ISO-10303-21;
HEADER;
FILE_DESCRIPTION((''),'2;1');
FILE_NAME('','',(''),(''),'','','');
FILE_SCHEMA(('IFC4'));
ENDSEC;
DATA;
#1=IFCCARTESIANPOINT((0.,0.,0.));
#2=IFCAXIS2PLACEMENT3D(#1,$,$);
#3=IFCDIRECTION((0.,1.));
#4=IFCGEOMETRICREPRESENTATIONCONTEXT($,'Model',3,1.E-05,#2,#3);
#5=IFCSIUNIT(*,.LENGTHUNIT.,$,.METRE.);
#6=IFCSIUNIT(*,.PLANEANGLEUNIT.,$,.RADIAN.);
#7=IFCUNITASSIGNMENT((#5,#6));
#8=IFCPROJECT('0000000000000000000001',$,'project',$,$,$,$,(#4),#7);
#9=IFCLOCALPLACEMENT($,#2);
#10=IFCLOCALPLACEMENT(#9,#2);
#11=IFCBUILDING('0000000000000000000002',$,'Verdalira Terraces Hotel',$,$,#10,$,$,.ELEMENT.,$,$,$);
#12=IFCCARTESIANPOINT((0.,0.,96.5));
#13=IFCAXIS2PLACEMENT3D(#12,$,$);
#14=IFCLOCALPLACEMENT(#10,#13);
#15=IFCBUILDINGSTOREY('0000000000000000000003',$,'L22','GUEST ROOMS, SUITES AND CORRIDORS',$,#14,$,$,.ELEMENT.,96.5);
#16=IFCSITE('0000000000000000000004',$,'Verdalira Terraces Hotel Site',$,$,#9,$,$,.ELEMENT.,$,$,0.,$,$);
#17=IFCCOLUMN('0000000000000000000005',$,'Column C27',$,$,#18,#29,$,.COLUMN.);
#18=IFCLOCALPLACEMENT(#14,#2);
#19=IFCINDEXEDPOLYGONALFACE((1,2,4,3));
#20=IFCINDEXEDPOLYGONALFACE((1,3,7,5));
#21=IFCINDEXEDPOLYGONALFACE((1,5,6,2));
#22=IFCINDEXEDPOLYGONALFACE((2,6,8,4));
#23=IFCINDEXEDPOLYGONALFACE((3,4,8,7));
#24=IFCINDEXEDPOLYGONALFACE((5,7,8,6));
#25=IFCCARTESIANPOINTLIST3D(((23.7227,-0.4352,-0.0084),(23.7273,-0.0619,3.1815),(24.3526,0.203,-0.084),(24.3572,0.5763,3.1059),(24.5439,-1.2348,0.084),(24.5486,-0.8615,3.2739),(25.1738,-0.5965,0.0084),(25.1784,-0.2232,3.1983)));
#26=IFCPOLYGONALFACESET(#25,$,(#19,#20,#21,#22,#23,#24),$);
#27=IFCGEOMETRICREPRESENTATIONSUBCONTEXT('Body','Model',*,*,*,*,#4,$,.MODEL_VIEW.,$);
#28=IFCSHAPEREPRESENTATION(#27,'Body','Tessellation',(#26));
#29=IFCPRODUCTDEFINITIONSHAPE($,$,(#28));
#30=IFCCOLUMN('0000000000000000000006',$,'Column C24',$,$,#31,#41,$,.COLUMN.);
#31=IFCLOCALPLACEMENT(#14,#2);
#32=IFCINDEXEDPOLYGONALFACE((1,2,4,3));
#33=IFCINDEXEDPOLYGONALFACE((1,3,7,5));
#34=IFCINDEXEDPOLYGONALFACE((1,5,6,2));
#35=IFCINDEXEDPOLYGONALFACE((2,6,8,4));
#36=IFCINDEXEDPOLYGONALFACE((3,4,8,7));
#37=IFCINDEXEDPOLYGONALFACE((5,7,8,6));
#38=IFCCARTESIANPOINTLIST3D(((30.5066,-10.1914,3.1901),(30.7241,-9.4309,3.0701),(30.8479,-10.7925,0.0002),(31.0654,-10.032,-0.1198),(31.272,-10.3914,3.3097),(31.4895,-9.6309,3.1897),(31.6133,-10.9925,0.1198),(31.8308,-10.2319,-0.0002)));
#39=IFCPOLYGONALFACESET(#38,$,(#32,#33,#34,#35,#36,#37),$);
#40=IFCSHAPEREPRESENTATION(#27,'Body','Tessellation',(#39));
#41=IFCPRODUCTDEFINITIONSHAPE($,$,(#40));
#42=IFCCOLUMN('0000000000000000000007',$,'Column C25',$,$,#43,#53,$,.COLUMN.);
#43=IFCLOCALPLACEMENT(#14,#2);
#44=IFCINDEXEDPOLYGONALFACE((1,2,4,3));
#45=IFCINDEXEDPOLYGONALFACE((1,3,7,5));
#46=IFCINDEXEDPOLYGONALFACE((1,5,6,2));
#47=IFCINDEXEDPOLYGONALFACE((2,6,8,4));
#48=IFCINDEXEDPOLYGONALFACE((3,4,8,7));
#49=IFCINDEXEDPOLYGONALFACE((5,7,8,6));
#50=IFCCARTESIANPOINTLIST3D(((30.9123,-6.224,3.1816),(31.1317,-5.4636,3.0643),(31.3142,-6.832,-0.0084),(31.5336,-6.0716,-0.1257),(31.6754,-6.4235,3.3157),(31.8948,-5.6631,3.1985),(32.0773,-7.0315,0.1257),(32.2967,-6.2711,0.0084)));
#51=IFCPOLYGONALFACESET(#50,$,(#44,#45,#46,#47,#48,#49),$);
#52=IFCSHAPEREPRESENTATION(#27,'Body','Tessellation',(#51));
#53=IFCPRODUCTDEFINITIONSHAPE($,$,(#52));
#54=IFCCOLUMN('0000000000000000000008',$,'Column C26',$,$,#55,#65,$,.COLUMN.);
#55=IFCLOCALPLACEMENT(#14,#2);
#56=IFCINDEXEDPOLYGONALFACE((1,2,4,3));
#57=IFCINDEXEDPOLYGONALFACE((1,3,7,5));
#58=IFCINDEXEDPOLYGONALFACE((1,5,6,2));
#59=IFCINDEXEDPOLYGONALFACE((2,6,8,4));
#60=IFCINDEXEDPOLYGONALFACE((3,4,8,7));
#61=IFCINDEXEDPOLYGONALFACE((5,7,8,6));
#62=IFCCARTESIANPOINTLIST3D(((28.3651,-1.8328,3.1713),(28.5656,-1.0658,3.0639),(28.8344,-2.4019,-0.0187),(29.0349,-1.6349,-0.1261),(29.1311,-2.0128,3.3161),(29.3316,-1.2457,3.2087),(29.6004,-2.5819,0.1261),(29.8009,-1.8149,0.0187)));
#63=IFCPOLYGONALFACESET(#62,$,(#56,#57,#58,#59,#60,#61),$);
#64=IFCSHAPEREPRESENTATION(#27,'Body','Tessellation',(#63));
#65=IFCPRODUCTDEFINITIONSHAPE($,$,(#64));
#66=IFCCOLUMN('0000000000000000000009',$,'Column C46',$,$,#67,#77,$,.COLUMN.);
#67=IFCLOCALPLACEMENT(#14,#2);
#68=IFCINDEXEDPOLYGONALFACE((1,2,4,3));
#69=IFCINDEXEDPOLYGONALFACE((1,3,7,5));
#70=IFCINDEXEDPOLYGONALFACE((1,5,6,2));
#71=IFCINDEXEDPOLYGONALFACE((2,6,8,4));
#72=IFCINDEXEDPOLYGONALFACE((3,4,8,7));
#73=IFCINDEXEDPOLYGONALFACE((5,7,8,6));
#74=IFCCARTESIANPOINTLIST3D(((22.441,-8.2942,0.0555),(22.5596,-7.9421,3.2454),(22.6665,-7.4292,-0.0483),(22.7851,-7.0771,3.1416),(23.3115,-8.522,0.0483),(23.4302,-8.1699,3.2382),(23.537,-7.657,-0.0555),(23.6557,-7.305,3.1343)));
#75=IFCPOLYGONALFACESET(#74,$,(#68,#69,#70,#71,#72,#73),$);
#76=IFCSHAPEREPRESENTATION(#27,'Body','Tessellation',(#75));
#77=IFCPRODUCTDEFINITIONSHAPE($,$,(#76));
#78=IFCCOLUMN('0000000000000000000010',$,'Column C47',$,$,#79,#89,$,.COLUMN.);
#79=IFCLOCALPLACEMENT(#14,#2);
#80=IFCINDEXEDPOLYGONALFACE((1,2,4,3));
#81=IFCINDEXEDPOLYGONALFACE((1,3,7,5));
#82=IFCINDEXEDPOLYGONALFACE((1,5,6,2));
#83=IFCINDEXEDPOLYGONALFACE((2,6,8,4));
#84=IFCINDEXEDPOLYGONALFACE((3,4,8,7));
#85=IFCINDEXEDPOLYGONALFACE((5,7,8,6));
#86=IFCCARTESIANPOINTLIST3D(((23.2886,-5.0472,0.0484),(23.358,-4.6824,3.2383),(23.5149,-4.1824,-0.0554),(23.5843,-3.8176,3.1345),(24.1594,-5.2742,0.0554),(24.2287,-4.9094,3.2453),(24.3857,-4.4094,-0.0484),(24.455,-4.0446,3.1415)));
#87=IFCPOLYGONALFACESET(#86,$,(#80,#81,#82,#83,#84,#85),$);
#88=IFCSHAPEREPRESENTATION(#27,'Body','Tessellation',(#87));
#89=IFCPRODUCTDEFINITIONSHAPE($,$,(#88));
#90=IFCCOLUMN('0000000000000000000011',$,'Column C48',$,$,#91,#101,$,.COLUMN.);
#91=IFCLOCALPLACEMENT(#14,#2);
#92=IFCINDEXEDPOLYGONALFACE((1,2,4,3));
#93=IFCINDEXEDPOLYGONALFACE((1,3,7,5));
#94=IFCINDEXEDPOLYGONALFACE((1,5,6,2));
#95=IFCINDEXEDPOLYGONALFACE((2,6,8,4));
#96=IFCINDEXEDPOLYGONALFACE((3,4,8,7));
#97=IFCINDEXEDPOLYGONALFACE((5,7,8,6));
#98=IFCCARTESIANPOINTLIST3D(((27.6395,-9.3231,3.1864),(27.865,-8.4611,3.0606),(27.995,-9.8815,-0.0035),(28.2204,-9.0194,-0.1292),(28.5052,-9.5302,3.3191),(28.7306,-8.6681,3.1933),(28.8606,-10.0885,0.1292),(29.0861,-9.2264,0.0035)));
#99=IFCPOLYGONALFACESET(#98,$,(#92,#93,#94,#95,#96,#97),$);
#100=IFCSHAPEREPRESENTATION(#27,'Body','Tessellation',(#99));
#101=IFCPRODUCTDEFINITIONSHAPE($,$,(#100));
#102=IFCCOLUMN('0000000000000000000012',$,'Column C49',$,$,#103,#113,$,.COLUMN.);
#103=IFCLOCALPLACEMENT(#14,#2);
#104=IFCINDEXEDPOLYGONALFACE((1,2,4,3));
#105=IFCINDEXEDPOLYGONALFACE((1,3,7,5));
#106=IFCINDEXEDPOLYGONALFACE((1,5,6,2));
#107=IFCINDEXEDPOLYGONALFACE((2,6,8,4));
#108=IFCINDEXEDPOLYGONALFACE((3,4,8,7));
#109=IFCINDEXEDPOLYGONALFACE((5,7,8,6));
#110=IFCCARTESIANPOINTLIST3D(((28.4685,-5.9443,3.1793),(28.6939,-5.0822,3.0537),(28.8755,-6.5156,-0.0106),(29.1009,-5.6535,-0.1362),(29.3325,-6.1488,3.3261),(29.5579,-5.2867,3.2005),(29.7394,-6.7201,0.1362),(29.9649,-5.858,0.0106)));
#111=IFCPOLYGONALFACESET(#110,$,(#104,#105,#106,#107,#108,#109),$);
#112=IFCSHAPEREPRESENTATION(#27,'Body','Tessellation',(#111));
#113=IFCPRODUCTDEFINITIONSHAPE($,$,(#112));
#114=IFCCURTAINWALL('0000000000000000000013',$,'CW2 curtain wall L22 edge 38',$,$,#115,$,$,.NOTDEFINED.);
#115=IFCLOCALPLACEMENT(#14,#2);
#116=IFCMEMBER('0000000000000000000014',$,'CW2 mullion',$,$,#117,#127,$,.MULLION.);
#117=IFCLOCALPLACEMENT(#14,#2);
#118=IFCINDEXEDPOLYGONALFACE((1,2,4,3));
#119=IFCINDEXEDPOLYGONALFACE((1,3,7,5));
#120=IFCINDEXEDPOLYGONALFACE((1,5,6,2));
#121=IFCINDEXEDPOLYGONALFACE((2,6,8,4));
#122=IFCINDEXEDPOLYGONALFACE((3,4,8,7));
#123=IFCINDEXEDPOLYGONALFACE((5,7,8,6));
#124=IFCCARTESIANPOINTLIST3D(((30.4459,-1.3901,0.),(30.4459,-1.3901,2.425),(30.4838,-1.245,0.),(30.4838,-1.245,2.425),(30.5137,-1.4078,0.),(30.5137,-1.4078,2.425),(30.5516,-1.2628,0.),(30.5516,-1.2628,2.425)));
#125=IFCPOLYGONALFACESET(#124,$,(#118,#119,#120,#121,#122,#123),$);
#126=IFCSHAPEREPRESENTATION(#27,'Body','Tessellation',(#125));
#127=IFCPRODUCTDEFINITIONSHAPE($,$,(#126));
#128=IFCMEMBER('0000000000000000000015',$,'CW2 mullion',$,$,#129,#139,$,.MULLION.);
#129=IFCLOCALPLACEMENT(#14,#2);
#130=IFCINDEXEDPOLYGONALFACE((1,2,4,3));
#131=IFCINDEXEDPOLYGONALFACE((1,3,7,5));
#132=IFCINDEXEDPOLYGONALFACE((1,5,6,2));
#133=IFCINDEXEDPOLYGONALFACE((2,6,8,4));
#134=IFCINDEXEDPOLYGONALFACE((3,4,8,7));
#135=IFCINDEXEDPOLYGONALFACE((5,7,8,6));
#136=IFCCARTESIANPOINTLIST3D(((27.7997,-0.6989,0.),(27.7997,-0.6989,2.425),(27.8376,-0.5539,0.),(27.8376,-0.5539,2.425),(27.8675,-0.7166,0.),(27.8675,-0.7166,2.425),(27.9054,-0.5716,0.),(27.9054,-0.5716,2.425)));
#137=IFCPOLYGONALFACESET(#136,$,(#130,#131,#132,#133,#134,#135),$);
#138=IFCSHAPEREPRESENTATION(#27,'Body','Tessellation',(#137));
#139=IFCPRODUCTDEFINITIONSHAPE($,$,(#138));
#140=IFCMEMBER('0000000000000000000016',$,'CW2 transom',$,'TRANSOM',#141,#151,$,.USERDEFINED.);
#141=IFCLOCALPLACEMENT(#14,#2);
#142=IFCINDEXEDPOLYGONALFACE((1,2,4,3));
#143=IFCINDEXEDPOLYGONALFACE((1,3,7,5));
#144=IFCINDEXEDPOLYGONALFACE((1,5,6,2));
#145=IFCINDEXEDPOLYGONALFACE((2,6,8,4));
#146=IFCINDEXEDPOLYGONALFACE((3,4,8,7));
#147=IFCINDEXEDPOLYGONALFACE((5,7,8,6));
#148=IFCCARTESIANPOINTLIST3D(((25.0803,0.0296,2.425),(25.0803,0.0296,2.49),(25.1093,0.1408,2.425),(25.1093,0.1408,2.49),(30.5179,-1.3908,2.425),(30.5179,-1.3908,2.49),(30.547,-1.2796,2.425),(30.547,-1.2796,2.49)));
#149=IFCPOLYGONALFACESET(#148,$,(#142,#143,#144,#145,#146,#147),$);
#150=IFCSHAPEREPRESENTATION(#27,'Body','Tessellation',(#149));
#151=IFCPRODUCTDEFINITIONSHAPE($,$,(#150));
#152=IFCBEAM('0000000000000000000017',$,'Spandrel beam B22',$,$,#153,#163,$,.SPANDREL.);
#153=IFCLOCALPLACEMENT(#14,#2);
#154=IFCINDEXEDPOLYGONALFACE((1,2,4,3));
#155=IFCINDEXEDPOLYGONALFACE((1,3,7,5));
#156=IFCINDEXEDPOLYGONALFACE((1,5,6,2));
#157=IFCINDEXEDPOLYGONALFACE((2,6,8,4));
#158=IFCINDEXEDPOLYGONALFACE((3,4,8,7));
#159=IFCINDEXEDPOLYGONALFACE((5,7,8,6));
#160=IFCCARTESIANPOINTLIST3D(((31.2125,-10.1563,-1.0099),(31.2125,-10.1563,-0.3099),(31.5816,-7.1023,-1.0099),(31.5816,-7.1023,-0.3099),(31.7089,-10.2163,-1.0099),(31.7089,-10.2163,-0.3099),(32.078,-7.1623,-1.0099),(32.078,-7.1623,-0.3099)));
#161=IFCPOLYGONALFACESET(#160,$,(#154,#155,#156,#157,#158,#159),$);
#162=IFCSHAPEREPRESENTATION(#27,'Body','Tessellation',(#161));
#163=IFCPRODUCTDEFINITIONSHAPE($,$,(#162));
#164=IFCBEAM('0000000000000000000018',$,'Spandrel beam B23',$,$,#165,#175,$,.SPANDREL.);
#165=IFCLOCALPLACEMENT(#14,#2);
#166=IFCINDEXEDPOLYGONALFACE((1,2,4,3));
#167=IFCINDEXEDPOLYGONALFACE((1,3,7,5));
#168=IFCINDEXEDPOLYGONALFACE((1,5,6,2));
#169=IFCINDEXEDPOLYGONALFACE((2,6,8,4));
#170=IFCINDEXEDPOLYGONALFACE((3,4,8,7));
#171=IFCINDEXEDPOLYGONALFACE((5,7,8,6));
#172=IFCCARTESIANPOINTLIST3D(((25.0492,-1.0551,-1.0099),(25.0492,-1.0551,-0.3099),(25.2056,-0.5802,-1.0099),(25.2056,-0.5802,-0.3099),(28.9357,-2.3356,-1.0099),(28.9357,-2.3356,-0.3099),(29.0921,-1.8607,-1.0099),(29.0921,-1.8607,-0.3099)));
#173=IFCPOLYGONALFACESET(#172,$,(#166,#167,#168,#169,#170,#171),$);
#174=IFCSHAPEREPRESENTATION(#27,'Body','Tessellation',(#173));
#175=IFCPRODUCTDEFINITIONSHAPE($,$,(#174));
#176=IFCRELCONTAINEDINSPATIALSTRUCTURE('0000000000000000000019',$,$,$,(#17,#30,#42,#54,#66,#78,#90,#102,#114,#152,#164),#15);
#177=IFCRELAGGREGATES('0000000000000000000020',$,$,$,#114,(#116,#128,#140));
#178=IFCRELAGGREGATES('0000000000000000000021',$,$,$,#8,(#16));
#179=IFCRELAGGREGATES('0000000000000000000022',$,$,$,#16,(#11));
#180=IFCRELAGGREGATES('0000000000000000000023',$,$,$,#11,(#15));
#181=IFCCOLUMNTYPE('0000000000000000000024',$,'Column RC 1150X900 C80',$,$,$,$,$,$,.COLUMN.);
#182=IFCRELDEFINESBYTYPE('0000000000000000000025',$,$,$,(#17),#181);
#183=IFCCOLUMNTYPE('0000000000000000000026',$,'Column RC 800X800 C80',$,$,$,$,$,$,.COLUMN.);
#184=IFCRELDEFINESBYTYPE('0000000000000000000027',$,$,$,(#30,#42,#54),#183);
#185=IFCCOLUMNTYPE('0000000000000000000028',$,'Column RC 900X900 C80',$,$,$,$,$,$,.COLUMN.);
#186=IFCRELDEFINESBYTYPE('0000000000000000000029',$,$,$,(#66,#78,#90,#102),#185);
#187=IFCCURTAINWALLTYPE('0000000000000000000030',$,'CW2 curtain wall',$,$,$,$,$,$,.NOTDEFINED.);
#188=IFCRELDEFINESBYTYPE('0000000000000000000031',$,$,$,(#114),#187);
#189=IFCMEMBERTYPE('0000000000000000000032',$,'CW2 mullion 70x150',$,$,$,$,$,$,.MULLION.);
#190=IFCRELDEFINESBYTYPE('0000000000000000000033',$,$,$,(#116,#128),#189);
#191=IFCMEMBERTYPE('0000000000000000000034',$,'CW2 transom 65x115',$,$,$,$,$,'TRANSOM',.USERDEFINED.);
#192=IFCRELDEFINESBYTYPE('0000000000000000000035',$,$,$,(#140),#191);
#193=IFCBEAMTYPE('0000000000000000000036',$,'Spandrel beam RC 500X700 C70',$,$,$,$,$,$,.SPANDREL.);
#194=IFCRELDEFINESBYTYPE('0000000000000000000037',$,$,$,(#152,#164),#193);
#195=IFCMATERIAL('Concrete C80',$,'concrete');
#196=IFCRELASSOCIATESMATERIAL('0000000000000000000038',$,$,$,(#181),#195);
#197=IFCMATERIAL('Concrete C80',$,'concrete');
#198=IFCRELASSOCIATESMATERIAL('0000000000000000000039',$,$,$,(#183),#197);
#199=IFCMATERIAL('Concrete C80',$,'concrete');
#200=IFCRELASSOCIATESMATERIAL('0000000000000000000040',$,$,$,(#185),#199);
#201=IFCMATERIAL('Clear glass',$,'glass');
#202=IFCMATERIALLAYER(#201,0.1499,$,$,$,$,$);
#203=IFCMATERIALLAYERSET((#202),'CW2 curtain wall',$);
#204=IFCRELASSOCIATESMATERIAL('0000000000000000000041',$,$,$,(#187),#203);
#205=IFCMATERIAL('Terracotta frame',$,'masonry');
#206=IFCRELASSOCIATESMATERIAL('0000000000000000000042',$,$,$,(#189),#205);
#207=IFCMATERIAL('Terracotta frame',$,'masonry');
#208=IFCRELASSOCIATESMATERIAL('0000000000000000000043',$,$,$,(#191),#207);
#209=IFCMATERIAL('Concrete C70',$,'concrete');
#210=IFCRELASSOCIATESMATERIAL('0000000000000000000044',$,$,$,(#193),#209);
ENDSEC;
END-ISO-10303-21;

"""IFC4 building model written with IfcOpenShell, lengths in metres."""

from ifc_helpers import new_model, si_unit, direction, frame, origin, origin_2d, place, context, subcontext, project, spatial, rectangle, extrude, material, layer, layer_set, material_profile, profile_set, type_object, element, aggregate, save


model = new_model("IFC4")

# Units and contexts
model_context = context("Model", 3, precision=1e-05, world=origin(), true_north=direction((0.0, 1.0)))
body_context = subcontext(model_context, "Body", "Model", "MODEL_VIEW")
ifc_project = project(units=[si_unit("LENGTHUNIT", "METRE"), si_unit("PLANEANGLEUNIT", "RADIAN")], contexts=[model_context])

# Site, building, storey
site_placement = place(None, origin())
site = spatial("IfcSite", under=ifc_project, at=site_placement, Name="Verdalira Terraces Hotel Site", CompositionType="ELEMENT", RefElevation=0.0)
building_placement = place(site_placement, origin())
building = spatial("IfcBuilding", under=site, at=building_placement, Name="Verdalira Terraces Hotel", CompositionType="ELEMENT")
storey_placement = place(building_placement, frame((0.0, 0.0, 96.5)))
storey = spatial("IfcBuildingStorey", under=building, at=storey_placement, Name="L22", Description="GUEST ROOMS, SUITES AND CORRIDORS", CompositionType="ELEMENT", Elevation=96.5)

# Columns
ifc_material_1 = material(Name="Concrete C80", Category="concrete")
ifc_material_profile_1 = material_profile(ifc_material_1, rectangle(XDim=1.1499, YDim=0.8999, at=origin_2d()), Name="RC 1150X900")
ifc_profile_set_1 = profile_set([ifc_material_profile_1], Name="Concrete C80")
column_type_1 = type_object("IfcColumnType", Name="Column RC 1150X900 C80", PredefinedType="COLUMN", material=ifc_profile_set_1)
column_1_placement = place(storey_placement, frame((24.4482, -0.5159, 0.0), z_axis=(0.001444, 0.116228, 0.993222), x_axis=(0.714186, -0.695331, 0.08033)))
element("IfcColumn", 1, at=column_1_placement, inside=storey, type_object=column_type_1, Name="Column C27", PredefinedType="COLUMN", context=body_context, shape_type="SweptSolid", body=[
    extrude(rectangle(XDim=1.1499, YDim=0.8999, at=origin_2d()), origin(), (0.0, 0.0, 1.0), 3.2117),
])
ifc_material_2 = material(Name="Concrete C80", Category="concrete")
ifc_material_profile_2 = material_profile(ifc_material_2, rectangle(XDim=0.8, YDim=0.8, at=origin_2d()), Name="RC 800X800")
ifc_profile_set_2 = profile_set([ifc_material_profile_2], Name="Concrete C80")
column_type_2 = type_object("IfcColumnType", Name="Column RC 800X800 C80", PredefinedType="COLUMN", material=ifc_profile_set_2)
column_2_placement = place(storey_placement, frame((31.3394, -10.5122, 0.0), z_axis=(-0.104569, 0.184154, 0.977319), x_axis=(0.271803, 0.950585, -0.150035)))
element("IfcColumn", 2, at=column_2_placement, inside=storey, type_object=column_type_2, Name="Column C24", PredefinedType="COLUMN", context=body_context, shape_type="SweptSolid", body=[
    extrude(rectangle(XDim=0.8, YDim=0.8, at=origin_2d()), origin(), (0.0, 0.0, 1.0), 3.2639),
])
column_3_placement = place(storey_placement, frame((31.8054, -6.5515, 0.0), z_axis=(-0.122812, 0.185785, 0.974885), x_axis=(0.274243, 0.950424, -0.146575)))
element("IfcColumn", 3, at=column_3_placement, inside=storey, type_object=column_type_2, Name="Column C25", PredefinedType="COLUMN", context=body_context, shape_type="SweptSolid", body=[
    extrude(rectangle(XDim=0.8, YDim=0.8, at=origin_2d()), origin(), (0.0, 0.0, 1.0), 3.2722),
])
column_4_placement = place(storey_placement, frame((29.3176, -2.1084, 0.0), z_axis=(-0.143318, 0.173816, 0.974294), x_axis=(-0.957424, 0.224925, -0.180963)))
element("IfcColumn", 4, at=column_4_placement, inside=storey, type_object=column_type_2, Name="Column C26", PredefinedType="COLUMN", context=body_context, shape_type="SweptSolid", body=[
    extrude(rectangle(XDim=0.8, YDim=0.8, at=origin_2d()), origin(), (0.0, 0.0, 1.0), 3.2742),
])
ifc_material_3 = material(Name="Concrete C80", Category="concrete")
ifc_material_profile_3 = material_profile(ifc_material_3, rectangle(XDim=0.8999, YDim=0.8999, at=origin_2d()), Name="RC 900X900")
ifc_profile_set_3 = profile_set([ifc_material_profile_3], Name="Concrete C80")
column_type_3 = type_object("IfcColumnType", Name="Column RC 900X900 C80", PredefinedType="COLUMN", material=ifc_profile_set_3)
for number, where, z_axis, x_axis, name in (
    (5, (22.989, -7.9756, 0.0), (0.036946, 0.109622, 0.993286), (0.967389, -0.253166, -0.008043), "Column C46"),
    (6, (23.8372, -4.7283, 0.0), (0.02159, 0.113576, 0.993295), (0.967628, -0.252262, 0.007812), "Column C47"),
):
    element("IfcColumn", number, at=place(storey_placement, frame(where, z_axis=z_axis, x_axis=x_axis)), inside=storey, type_object=column_type_3, Name=name, PredefinedType="COLUMN", context=body_context, shape_type="SweptSolid", body=[
        extrude(rectangle(XDim=0.8999, YDim=0.8999, at=origin_2d()), origin(), (0.0, 0.0, 1.0), 3.2114),
    ])
column_5_placement = place(storey_placement, frame((28.5405, -9.554, 0.0), z_axis=(-0.10911, 0.171384, 0.979144), x_axis=(0.961935, -0.230076, 0.147464)))
element("IfcColumn", 7, at=column_5_placement, inside=storey, type_object=column_type_3, Name="Column C48", PredefinedType="COLUMN", context=body_context, shape_type="SweptSolid", body=[
    extrude(rectangle(XDim=0.8999, YDim=0.8999, at=origin_2d()), origin(), (0.0, 0.0, 1.0), 3.2578),
])
column_6_placement = place(storey_placement, frame((29.4202, -6.1868, 0.0), z_axis=(-0.124606, 0.174912, 0.976667), x_axis=(0.960062, -0.227268, 0.163189)))
element("IfcColumn", 8, at=column_6_placement, inside=storey, type_object=column_type_3, Name="Column C49", PredefinedType="COLUMN", context=body_context, shape_type="SweptSolid", body=[
    extrude(rectangle(XDim=0.8999, YDim=0.8999, at=origin_2d()), origin(), (0.0, 0.0, 1.0), 3.2661),
])

# Curtain wall, members
ifc_material_4 = material(Name="Clear glass", Category="glass")
ifc_layer_1 = layer(ifc_material_4, 0.1499)
ifc_layer_set_1 = layer_set([ifc_layer_1], Name="CW2 curtain wall")
curtain_wall_type = type_object("IfcCurtainWallType", Name="CW2 curtain wall", PredefinedType="NOTDEFINED", material=ifc_layer_set_1)
curtain_wall_placement = place(storey_placement, origin())
curtain_wall = element("IfcCurtainWall", 9, at=curtain_wall_placement, inside=storey, type_object=curtain_wall_type, Name="CW2 curtain wall L22 edge 38", PredefinedType="NOTDEFINED")
ifc_material_5 = material(Name="Terracotta frame", Category="masonry")
ifc_material_profile_4 = material_profile(ifc_material_5, rectangle(XDim=0.0701, YDim=0.1499, at=origin_2d()), Name="MU 70x150")
ifc_profile_set_4 = profile_set([ifc_material_profile_4], Name="Terracotta frame")
member_type_1 = type_object("IfcMemberType", Name="CW2 mullion 70x150", PredefinedType="MULLION", material=ifc_profile_set_4)
member_1_placement = place(storey_placement, frame((30.4988, -1.3264, 0.0), z_axis=(0.0, 0.0, 1.0), x_axis=(-0.967533, 0.252745, 0.0)))
member_1 = element("IfcMember", 10, at=member_1_placement, type_object=member_type_1, Name="CW2 mullion", PredefinedType="MULLION", context=body_context, shape_type="SweptSolid", body=[
    extrude(rectangle(XDim=0.0701, YDim=0.1499, at=origin_2d()), origin(), (0.0, 0.0, 1.0), 2.425),
])
member_2_placement = place(storey_placement, frame((27.8525, -0.6353, 0.0), z_axis=(0.0, 0.0, 1.0), x_axis=(-0.967533, 0.252745, 0.0)))
member_2 = element("IfcMember", 11, at=member_2_placement, type_object=member_type_1, Name="CW2 mullion", PredefinedType="MULLION", context=body_context, shape_type="SweptSolid", body=[
    extrude(rectangle(XDim=0.0701, YDim=0.1499, at=origin_2d()), origin(), (0.0, 0.0, 1.0), 2.425),
])
ifc_material_6 = material(Name="Terracotta frame", Category="masonry")
ifc_material_profile_5 = material_profile(ifc_material_6, rectangle(XDim=0.115, YDim=0.0649, at=origin_2d()), Name="TR 65x115")
ifc_profile_set_5 = profile_set([ifc_material_profile_5], Name="Terracotta frame")
member_type_2 = type_object("IfcMemberType", Name="CW2 transom 65x115", ElementType="TRANSOM", PredefinedType="USERDEFINED", material=ifc_profile_set_5)
member_3_placement = place(storey_placement, frame((30.5325, -1.3352, 2.4575), z_axis=(-0.967536, 0.252733, 0.0), x_axis=(-0.252733, -0.967536, 0.0)))
member_3 = element("IfcMember", 12, at=member_3_placement, type_object=member_type_2, Name="CW2 transom", ObjectType="TRANSOM", PredefinedType="USERDEFINED", context=body_context, shape_type="SweptSolid", body=[
    extrude(rectangle(XDim=0.115, YDim=0.0649, at=origin_2d()), origin(), (0.0, 0.0, 1.0), 5.6201),
])

# Beams
ifc_material_7 = material(Name="Concrete C70", Category="concrete")
ifc_material_profile_6 = material_profile(ifc_material_7, rectangle(XDim=0.5, YDim=0.7, at=origin_2d()), Name="RC 500X700")
ifc_profile_set_6 = profile_set([ifc_material_profile_6], Name="Concrete C70")
beam_type = type_object("IfcBeamType", Name="Spandrel beam RC 500X700 C70", PredefinedType="SPANDREL", material=ifc_profile_set_6)
beam_1_placement = place(storey_placement, frame((31.4607, -10.1863, -0.6599), z_axis=(0.12, 0.992774, 0.0), x_axis=(-0.992774, 0.12, 0.0)))
element("IfcBeam", 13, at=beam_1_placement, inside=storey, type_object=beam_type, Name="Spandrel beam B22", PredefinedType="SPANDREL", context=body_context, shape_type="SweptSolid", body=[
    extrude(rectangle(XDim=0.5, YDim=0.7, at=origin_2d()), origin(), (0.0, 0.0, 1.0), 3.0762),
])
beam_2_placement = place(storey_placement, frame((29.0139, -2.0981, -0.6599), z_axis=(-0.949775, 0.312932, 0.0), x_axis=(-0.312932, -0.949775, 0.0)))
element("IfcBeam", 14, at=beam_2_placement, inside=storey, type_object=beam_type, Name="Spandrel beam B23", PredefinedType="SPANDREL", context=body_context, shape_type="SweptSolid", body=[
    extrude(rectangle(XDim=0.5, YDim=0.7, at=origin_2d()), origin(), (0.0, 0.0, 1.0), 4.092),
])

aggregate(curtain_wall, [member_1, member_2, member_3])

save(model, "model.ifc")
